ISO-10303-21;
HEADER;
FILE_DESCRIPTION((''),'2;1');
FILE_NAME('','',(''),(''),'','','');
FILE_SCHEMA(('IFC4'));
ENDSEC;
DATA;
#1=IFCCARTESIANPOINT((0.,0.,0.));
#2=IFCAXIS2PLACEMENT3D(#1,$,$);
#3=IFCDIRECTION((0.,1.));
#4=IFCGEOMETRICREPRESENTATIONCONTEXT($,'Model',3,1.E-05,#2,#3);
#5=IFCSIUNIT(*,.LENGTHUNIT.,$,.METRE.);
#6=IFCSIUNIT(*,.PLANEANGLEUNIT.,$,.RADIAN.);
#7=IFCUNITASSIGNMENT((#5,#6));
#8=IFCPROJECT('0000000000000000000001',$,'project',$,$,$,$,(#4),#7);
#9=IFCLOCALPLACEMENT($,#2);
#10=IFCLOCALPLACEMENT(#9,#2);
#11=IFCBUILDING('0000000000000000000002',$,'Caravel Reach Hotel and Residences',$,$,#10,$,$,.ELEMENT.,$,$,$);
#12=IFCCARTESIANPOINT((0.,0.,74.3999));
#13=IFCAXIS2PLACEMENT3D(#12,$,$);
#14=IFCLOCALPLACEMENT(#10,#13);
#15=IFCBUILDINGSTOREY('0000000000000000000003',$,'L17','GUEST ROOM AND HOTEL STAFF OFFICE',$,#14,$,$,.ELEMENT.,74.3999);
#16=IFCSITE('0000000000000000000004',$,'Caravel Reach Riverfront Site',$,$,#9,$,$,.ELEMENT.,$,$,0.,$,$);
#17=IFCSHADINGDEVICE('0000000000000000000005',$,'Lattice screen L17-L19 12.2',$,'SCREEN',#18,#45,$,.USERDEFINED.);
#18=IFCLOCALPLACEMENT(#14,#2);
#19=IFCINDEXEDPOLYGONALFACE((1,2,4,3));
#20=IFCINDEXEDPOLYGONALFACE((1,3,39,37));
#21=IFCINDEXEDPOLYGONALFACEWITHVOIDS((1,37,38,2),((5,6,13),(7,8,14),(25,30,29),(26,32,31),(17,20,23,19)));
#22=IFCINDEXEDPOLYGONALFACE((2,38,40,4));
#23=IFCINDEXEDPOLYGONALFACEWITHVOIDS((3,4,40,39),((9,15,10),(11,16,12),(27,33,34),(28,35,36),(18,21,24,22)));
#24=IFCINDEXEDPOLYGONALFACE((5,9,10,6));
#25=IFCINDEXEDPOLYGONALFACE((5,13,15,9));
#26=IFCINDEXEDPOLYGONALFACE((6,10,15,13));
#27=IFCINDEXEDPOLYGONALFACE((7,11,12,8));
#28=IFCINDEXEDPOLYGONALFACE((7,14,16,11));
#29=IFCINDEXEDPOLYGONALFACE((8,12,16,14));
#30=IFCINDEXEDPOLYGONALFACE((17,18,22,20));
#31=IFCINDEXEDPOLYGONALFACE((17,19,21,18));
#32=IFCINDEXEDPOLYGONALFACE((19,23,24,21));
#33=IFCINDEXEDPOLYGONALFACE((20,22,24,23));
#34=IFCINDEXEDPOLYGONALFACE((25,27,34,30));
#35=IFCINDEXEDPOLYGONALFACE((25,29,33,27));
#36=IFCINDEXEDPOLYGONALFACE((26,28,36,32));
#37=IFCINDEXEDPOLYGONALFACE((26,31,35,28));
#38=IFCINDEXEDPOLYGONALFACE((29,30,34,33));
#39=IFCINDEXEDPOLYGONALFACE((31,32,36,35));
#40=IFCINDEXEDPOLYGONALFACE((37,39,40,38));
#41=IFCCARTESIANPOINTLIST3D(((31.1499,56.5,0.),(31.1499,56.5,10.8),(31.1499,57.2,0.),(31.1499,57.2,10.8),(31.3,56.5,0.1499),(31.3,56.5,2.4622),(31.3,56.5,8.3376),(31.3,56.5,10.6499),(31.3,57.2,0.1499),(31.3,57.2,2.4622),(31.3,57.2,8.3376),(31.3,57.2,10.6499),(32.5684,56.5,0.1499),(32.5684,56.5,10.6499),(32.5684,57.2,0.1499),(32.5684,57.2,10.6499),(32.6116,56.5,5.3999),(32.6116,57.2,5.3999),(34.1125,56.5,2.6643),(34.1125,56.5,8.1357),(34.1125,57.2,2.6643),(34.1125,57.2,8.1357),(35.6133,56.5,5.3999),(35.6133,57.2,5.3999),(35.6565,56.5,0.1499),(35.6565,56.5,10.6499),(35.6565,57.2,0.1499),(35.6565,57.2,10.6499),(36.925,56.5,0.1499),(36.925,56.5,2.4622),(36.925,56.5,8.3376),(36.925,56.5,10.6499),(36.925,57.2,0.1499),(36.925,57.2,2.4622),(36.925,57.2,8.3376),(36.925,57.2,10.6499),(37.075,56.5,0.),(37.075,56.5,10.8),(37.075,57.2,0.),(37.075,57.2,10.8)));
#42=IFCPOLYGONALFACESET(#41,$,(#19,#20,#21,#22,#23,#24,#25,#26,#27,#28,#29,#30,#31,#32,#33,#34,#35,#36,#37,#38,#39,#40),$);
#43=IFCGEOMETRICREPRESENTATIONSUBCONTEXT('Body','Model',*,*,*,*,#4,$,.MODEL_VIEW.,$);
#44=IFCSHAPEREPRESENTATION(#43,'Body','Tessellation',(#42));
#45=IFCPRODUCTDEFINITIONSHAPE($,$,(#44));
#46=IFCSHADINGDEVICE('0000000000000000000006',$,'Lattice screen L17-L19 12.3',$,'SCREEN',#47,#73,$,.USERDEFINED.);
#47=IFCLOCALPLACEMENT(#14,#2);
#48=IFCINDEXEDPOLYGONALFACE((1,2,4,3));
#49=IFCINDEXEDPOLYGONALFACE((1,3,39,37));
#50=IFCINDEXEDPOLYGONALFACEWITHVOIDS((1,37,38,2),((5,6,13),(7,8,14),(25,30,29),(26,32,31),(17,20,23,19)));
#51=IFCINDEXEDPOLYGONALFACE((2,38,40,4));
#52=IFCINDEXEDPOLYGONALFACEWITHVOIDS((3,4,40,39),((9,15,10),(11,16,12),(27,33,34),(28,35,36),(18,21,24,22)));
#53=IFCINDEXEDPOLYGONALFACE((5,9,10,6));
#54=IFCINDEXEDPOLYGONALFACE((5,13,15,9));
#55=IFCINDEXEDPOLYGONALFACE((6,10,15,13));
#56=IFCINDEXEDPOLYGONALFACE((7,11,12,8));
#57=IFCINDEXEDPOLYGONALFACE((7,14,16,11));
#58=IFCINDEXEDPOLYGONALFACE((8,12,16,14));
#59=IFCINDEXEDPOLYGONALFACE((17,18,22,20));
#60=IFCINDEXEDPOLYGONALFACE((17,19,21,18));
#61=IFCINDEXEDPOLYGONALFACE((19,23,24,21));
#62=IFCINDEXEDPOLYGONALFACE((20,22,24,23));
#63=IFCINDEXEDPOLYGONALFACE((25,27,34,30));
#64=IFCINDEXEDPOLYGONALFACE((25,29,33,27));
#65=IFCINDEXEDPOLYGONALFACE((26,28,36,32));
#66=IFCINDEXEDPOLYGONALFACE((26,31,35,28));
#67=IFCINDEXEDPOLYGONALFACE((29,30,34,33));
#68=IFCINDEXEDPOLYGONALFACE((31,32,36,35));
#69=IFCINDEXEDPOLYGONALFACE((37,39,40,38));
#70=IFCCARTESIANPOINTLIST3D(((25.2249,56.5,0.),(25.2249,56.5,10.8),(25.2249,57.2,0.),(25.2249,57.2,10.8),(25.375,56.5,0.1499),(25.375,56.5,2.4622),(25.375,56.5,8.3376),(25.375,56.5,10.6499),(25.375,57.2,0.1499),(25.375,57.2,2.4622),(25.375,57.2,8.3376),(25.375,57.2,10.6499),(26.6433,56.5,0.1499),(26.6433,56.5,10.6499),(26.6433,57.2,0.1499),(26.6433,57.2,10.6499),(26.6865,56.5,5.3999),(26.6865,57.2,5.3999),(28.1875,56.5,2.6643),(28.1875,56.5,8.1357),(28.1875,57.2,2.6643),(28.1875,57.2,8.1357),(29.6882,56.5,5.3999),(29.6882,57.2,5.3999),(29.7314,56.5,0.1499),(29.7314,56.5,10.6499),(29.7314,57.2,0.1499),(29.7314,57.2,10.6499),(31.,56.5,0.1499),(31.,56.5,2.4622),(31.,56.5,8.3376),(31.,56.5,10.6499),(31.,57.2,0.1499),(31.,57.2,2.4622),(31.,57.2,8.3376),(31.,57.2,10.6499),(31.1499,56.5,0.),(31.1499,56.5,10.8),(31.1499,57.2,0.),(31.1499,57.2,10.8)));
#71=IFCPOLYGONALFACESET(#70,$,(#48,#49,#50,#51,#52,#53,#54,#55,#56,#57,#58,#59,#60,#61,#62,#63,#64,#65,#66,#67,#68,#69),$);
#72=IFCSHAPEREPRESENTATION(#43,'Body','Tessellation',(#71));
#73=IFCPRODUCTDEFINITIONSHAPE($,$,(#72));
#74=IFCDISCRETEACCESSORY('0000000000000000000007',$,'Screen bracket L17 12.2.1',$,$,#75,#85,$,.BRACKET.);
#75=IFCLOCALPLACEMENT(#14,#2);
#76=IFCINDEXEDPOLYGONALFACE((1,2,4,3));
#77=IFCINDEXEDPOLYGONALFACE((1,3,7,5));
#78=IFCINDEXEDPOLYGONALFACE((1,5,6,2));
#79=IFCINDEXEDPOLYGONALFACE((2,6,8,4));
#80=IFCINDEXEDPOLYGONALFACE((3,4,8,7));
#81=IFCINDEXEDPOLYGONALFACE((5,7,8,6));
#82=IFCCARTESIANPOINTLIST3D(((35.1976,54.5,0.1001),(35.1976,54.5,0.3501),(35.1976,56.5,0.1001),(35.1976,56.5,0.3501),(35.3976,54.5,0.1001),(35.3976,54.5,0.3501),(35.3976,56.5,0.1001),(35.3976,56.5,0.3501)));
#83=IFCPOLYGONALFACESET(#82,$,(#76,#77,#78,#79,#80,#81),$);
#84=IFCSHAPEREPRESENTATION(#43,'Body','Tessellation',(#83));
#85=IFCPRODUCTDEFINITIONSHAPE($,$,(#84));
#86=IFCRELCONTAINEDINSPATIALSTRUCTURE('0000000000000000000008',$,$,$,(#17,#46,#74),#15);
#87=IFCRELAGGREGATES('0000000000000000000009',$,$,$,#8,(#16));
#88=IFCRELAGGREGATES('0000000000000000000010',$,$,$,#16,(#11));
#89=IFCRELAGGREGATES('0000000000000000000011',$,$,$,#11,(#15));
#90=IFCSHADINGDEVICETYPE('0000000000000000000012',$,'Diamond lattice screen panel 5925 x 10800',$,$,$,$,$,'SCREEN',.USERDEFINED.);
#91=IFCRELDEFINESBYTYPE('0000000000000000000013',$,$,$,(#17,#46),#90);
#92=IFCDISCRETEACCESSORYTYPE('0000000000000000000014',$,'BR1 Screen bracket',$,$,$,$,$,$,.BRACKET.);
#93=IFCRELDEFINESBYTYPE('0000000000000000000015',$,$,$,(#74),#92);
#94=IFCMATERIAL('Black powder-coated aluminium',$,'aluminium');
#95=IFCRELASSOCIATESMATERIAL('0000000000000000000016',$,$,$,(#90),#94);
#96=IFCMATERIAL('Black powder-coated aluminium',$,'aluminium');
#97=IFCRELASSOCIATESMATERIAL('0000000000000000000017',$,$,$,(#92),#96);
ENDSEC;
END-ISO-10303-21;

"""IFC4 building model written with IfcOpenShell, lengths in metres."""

from ifc_helpers import new_model, si_unit, direction, frame, origin, origin_2d, place, context, subcontext, project, spatial, polyline, rectangle, outline, extrude, material, type_object, element, save


model = new_model("IFC4")

# Units and contexts
model_context = context("Model", 3, precision=1e-05, world=origin(), true_north=direction((0.0, 1.0)))
body_context = subcontext(model_context, "Body", "Model", "MODEL_VIEW")
ifc_project = project(units=[si_unit("LENGTHUNIT", "METRE"), si_unit("PLANEANGLEUNIT", "RADIAN")], contexts=[model_context])

# Site, building, storey
site_placement = place(None, origin())
site = spatial("IfcSite", under=ifc_project, at=site_placement, Name="Caravel Reach Riverfront Site", CompositionType="ELEMENT", RefElevation=0.0)
building_placement = place(site_placement, origin())
building = spatial("IfcBuilding", under=site, at=building_placement, Name="Caravel Reach Hotel and Residences", CompositionType="ELEMENT")
storey_placement = place(building_placement, frame((0.0, 0.0, 74.3999)))
storey = spatial("IfcBuildingStorey", under=building, at=storey_placement, Name="L17", Description="GUEST ROOM AND HOTEL STAFF OFFICE", CompositionType="ELEMENT", Elevation=74.3999)

# Shading devices
ifc_material_1 = material(Name="Black powder-coated aluminium", Category="aluminium")
shading_device_type = type_object("IfcShadingDeviceType", Name="Diamond lattice screen panel 5925 x 10800", ElementType="SCREEN", PredefinedType="USERDEFINED", material=ifc_material_1)
for number, where, z_axis, x_axis, name in (
    (1, (37.075, 56.5, 0.0), (0.0, 1.0, 0.0), (-1.0, 0.0, 0.0), "Lattice screen L17-L19 12.2"),
    (2, (31.1499, 56.5, 0.0), (0.0, 1.0, 0.0), (-1.0, 0.0, 0.0), "Lattice screen L17-L19 12.3"),
):
    element("IfcShadingDevice", number, at=place(storey_placement, frame(where, z_axis=z_axis, x_axis=x_axis)), inside=storey, type_object=shading_device_type, Name=name, ObjectType="SCREEN", PredefinedType="USERDEFINED", context=body_context, shape_type="SweptSolid", body=[
        extrude(outline(polyline([(0.0, 0.0), (5.925, 0.0), (5.925, 10.8), (0.0, 10.8), (0.0, 0.0)]), holes=[polyline([(1.4185, 0.1499), (0.1499, 2.4622), (0.1499, 0.1499), (1.4185, 0.1499)]), polyline([(0.1499, 8.3376), (1.4185, 10.6499), (0.1499, 10.6499), (0.1499, 8.3376)]), polyline([(2.9624, 8.1357), (1.4617, 5.3999), (2.9624, 2.6643), (4.4634, 5.3999), (2.9624, 8.1357)]), polyline([(5.7749, 2.4622), (4.5066, 0.1499), (5.7749, 0.1499), (5.7749, 2.4622)]), polyline([(4.5066, 10.6499), (5.7749, 8.3376), (5.7749, 10.6499), (4.5066, 10.6499)])]), origin(), (0.0, 0.0, 1.0), 0.7),
    ])

# Discrete accessory
ifc_material_2 = material(Name="Black powder-coated aluminium", Category="aluminium")
discrete_accessory_type = type_object("IfcDiscreteAccessoryType", Name="BR1 Screen bracket", PredefinedType="BRACKET", material=ifc_material_2)
discrete_accessory_placement = place(storey_placement, frame((35.2976, 55.5, 0.1001), z_axis=(0.0, 0.0, 1.0), x_axis=(0.0, 1.0, 0.0)))
element("IfcDiscreteAccessory", 3, at=discrete_accessory_placement, inside=storey, type_object=discrete_accessory_type, Name="Screen bracket L17 12.2.1", PredefinedType="BRACKET", context=body_context, shape_type="SweptSolid", body=[
    extrude(rectangle(XDim=2.0, YDim=0.2, at=origin_2d()), origin(), (0.0, 0.0, 1.0), 0.25),
])

save(model, "model.ifc")
